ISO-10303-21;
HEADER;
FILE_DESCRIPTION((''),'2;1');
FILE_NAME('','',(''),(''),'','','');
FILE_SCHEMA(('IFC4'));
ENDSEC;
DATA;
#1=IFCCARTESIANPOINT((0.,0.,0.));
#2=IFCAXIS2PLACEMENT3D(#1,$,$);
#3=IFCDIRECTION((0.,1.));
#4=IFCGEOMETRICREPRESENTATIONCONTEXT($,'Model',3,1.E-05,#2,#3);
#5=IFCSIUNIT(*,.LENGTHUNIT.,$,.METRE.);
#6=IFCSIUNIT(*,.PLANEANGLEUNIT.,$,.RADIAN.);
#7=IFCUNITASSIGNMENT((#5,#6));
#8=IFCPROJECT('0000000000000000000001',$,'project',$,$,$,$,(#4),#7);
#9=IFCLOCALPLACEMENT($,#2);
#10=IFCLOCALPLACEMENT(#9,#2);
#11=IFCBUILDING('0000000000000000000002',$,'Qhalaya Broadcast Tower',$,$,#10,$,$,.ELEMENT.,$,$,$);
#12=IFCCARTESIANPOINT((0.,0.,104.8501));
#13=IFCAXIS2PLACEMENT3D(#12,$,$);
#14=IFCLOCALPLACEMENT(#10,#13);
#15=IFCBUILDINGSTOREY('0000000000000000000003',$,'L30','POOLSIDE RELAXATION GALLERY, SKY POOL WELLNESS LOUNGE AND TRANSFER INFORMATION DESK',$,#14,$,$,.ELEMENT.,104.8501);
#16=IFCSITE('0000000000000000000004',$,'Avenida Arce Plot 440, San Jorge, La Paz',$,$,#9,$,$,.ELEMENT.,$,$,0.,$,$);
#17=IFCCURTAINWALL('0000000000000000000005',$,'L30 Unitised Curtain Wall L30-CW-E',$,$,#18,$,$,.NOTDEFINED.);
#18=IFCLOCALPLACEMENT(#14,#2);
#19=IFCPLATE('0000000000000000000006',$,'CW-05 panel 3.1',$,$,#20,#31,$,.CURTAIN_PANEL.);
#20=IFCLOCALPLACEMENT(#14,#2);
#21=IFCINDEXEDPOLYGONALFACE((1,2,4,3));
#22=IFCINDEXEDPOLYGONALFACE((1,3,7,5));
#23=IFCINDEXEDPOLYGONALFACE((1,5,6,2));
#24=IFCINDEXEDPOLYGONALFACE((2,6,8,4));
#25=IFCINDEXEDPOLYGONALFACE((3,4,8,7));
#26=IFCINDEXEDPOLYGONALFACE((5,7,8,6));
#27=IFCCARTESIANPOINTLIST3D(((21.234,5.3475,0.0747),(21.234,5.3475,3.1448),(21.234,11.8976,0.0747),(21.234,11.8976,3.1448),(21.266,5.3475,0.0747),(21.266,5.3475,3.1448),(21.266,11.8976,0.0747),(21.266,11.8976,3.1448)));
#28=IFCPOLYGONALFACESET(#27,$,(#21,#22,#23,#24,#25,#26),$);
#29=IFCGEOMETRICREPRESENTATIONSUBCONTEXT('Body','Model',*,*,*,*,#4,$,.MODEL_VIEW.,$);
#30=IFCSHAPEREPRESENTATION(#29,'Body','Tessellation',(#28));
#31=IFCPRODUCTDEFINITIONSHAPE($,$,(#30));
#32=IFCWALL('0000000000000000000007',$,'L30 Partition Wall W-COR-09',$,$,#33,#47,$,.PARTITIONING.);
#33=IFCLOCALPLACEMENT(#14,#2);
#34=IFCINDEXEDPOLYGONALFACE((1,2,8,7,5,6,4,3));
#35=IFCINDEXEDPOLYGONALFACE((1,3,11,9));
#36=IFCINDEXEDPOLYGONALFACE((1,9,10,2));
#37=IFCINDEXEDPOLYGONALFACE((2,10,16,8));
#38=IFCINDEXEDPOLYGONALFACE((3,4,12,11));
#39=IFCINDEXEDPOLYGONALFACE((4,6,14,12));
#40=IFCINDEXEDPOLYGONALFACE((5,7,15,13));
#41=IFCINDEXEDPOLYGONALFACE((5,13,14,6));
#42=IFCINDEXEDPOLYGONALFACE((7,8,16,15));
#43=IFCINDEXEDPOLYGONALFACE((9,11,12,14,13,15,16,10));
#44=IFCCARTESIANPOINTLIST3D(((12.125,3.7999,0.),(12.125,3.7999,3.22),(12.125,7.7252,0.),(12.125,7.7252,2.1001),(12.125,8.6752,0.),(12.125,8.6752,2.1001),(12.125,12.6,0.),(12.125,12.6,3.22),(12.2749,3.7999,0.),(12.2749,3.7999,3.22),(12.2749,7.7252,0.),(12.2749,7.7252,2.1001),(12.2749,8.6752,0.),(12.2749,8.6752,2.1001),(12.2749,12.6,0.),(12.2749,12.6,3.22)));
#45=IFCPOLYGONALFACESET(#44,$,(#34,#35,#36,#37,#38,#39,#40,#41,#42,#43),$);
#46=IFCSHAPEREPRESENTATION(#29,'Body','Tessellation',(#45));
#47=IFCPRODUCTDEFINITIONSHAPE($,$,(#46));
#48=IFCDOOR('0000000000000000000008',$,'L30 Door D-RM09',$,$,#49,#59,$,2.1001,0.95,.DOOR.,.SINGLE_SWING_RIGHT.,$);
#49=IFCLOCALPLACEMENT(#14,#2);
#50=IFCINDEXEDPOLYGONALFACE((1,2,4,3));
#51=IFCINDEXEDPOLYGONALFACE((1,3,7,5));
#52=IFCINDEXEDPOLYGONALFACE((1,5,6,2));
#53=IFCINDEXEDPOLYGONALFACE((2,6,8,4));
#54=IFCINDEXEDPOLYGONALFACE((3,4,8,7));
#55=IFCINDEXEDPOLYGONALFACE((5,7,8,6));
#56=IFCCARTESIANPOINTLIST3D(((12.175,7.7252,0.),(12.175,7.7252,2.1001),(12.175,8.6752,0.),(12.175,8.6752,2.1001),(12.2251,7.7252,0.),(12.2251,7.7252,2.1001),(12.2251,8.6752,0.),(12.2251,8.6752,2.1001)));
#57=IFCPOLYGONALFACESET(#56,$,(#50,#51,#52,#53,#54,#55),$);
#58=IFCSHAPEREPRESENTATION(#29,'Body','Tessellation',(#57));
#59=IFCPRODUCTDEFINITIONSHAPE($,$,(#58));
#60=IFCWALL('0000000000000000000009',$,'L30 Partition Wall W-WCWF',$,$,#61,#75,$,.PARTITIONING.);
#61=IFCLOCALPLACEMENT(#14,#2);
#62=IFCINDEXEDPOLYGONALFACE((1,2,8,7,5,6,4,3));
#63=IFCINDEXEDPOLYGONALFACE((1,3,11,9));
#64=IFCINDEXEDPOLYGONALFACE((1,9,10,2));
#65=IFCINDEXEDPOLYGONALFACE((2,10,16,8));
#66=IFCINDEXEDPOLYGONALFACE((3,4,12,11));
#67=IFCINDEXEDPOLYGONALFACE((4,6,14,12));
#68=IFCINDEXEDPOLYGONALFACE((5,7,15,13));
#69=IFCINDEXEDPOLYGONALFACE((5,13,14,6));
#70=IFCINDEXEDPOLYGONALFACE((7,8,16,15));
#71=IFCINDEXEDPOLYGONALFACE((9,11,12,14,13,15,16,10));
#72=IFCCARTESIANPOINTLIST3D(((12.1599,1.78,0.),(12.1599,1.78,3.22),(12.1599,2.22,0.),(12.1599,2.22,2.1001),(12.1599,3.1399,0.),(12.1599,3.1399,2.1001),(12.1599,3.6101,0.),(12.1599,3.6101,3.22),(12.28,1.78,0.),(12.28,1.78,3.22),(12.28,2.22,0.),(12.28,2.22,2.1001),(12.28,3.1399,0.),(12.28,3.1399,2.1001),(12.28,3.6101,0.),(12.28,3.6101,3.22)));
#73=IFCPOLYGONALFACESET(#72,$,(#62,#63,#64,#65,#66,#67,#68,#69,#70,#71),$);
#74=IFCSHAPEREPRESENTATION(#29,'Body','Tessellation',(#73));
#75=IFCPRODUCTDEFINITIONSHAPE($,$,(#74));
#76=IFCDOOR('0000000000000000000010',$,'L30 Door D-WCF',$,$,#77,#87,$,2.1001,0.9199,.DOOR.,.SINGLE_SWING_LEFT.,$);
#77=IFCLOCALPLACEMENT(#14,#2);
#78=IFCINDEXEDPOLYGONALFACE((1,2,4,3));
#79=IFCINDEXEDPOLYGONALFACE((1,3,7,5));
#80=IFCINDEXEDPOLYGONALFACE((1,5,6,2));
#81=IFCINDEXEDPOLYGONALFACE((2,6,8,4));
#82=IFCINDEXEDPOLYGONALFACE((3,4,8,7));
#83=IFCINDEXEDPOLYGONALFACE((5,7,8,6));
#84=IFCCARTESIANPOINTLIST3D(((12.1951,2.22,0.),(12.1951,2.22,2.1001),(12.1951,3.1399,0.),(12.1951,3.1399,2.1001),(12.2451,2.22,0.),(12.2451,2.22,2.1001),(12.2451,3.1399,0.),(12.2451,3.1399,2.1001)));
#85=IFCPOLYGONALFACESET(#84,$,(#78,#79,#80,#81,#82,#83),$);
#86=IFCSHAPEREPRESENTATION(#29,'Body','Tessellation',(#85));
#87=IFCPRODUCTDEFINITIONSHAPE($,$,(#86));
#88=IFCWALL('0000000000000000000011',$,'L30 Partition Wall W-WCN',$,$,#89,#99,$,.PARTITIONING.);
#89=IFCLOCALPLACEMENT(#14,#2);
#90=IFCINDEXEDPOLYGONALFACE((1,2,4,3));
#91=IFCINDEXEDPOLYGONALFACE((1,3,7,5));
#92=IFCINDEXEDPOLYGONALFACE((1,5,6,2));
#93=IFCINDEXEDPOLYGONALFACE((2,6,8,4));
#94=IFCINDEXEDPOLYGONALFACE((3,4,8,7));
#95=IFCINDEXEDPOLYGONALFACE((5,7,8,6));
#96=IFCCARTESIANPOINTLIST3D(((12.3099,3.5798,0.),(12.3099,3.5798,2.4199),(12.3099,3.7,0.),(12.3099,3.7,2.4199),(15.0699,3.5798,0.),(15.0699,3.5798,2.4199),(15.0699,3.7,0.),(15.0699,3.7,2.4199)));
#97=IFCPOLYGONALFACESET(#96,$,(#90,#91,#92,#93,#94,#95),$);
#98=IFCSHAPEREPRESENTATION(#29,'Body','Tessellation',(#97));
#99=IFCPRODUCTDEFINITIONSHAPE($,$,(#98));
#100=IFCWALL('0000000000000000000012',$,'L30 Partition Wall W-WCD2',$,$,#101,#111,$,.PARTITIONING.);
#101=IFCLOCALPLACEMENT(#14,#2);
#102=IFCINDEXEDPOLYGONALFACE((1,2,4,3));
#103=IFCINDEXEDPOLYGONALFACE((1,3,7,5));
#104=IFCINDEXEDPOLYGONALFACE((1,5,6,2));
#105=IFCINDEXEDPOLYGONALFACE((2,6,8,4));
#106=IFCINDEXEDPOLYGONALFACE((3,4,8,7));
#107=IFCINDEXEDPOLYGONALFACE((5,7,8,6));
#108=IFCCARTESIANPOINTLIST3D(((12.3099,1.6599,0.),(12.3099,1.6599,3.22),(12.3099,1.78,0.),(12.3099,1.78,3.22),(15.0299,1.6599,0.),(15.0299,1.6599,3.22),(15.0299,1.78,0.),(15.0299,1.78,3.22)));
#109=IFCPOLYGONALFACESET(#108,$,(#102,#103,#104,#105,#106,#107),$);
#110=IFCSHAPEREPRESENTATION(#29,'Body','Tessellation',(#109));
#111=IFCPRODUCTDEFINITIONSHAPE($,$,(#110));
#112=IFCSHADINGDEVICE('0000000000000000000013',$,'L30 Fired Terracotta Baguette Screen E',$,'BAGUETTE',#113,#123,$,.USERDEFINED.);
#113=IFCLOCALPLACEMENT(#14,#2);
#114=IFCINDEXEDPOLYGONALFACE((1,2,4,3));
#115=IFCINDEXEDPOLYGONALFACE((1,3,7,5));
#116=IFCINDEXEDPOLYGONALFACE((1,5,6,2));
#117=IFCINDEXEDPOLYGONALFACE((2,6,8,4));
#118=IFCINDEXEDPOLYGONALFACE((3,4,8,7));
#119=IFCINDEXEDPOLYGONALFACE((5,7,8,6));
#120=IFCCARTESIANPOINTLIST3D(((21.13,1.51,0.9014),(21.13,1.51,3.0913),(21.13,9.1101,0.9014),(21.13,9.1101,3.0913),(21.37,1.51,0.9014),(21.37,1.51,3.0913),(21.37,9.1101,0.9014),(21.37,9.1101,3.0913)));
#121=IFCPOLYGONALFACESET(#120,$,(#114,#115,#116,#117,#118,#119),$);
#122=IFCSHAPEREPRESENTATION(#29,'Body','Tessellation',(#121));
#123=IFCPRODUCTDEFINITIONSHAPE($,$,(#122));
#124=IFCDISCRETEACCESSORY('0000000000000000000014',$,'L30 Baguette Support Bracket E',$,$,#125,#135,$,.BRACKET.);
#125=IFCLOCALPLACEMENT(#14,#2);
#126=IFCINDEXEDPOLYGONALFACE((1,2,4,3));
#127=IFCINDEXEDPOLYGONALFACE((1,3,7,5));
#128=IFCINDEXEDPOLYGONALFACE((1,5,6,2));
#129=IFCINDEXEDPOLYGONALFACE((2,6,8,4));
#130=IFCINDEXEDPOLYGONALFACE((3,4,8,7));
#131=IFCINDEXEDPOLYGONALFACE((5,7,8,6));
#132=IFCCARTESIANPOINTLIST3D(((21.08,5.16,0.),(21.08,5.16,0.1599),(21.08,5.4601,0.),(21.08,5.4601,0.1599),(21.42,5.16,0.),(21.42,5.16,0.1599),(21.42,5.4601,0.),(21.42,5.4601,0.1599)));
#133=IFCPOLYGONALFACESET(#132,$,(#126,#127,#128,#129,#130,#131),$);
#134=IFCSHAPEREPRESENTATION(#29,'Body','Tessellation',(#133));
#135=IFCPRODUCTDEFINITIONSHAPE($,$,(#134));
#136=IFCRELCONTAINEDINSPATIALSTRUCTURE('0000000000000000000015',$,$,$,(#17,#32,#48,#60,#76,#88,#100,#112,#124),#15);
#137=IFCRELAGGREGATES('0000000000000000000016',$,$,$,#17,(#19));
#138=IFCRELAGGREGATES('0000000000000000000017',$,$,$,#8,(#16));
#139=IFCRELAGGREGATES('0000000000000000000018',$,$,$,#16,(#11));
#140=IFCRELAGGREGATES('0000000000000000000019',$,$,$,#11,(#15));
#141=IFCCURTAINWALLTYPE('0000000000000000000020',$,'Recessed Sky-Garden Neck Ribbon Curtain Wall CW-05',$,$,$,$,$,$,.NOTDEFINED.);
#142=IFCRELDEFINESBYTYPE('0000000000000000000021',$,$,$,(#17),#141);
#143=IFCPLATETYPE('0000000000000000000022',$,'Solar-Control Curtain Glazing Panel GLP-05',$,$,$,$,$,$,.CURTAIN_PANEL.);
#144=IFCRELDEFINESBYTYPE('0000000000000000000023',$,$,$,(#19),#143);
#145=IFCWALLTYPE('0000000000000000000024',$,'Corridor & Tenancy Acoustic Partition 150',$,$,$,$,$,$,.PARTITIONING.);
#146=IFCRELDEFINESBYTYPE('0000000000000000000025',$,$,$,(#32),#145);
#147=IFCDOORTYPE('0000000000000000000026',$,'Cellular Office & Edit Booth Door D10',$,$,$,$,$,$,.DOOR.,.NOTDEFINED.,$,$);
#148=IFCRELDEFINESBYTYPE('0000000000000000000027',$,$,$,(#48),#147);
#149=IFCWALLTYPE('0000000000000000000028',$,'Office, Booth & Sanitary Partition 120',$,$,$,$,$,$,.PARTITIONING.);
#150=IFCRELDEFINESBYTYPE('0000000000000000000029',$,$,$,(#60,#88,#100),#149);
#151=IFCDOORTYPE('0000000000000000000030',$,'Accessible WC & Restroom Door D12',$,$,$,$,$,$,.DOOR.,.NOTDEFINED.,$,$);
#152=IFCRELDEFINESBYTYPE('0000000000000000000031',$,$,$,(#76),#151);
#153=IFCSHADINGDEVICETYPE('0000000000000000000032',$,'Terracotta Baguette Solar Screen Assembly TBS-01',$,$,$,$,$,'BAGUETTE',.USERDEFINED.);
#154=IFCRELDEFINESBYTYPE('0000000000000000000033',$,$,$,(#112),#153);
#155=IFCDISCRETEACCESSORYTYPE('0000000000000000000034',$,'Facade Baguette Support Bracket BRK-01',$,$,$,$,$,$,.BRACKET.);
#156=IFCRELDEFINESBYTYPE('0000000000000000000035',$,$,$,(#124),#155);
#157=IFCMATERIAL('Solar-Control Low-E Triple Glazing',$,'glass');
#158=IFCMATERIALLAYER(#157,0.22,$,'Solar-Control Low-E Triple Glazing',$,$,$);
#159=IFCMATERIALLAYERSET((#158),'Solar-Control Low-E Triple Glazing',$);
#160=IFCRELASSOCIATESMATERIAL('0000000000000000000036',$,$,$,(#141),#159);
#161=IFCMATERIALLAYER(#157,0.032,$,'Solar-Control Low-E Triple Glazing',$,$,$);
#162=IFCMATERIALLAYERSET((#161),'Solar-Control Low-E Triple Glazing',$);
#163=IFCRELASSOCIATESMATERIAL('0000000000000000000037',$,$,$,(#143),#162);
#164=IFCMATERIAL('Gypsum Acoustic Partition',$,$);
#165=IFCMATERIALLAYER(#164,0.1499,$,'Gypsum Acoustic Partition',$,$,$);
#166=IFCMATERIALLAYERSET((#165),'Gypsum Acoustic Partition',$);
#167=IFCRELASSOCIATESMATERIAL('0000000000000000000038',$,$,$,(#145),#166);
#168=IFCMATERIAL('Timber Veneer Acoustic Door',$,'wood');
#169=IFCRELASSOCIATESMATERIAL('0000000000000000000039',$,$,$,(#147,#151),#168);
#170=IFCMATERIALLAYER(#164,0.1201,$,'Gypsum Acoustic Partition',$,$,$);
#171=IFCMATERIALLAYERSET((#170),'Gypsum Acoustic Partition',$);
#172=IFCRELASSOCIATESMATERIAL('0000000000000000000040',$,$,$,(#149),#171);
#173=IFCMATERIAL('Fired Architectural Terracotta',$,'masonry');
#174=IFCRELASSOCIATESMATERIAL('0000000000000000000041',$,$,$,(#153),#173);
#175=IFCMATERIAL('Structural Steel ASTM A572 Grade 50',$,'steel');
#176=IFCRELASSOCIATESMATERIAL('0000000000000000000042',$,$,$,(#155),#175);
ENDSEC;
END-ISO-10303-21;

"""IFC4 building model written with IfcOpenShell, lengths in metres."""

from ifc_helpers import new_model, si_unit, direction, frame, frame_2d, origin, origin_2d, place, context, subcontext, project, spatial, rectangle, extrude, material, layer, layer_set, type_object, element, fill, aggregate, save


model = new_model("IFC4")

# Units and contexts
model_context = context("Model", 3, precision=1e-05, world=origin(), true_north=direction((0.0, 1.0)))
body_context = subcontext(model_context, "Body", "Model", "MODEL_VIEW")
ifc_project = project(units=[si_unit("LENGTHUNIT", "METRE"), si_unit("PLANEANGLEUNIT", "RADIAN")], contexts=[model_context])

# Site, building, storey
site_placement = place(None, origin())
site = spatial("IfcSite", under=ifc_project, at=site_placement, Name="Avenida Arce Plot 440, San Jorge, La Paz", CompositionType="ELEMENT", RefElevation=0.0)
building_placement = place(site_placement, origin())
building = spatial("IfcBuilding", under=site, at=building_placement, Name="Qhalaya Broadcast Tower", CompositionType="ELEMENT")
storey_placement = place(building_placement, frame((0.0, 0.0, 104.8501)))
storey = spatial("IfcBuildingStorey", under=building, at=storey_placement, Name="L30", Description="POOLSIDE RELAXATION GALLERY, SKY POOL WELLNESS LOUNGE AND TRANSFER INFORMATION DESK", CompositionType="ELEMENT", Elevation=104.8501)

# Shared definitions
ifc_material_1 = material(Name="Structural Steel ASTM A572 Grade 50", Category="steel")

# Curtain wall, plate
ifc_material_2 = material(Name="Solar-Control Low-E Triple Glazing", Category="glass")
ifc_layer_1 = layer(ifc_material_2, 0.22, Name="Solar-Control Low-E Triple Glazing")
ifc_layer_set_1 = layer_set([ifc_layer_1], Name="Solar-Control Low-E Triple Glazing")
curtain_wall_type = type_object("IfcCurtainWallType", Name="Recessed Sky-Garden Neck Ribbon Curtain Wall CW-05", PredefinedType="NOTDEFINED", material=ifc_layer_set_1)
curtain_wall_placement = place(storey_placement, origin())
curtain_wall = element("IfcCurtainWall", 1, at=curtain_wall_placement, inside=storey, type_object=curtain_wall_type, Name="L30 Unitised Curtain Wall L30-CW-E", PredefinedType="NOTDEFINED")
ifc_layer_2 = layer(ifc_material_2, 0.032, Name="Solar-Control Low-E Triple Glazing")
ifc_layer_set_2 = layer_set([ifc_layer_2], Name="Solar-Control Low-E Triple Glazing")
plate_type = type_object("IfcPlateType", Name="Solar-Control Curtain Glazing Panel GLP-05", PredefinedType="CURTAIN_PANEL", material=ifc_layer_set_2)
plate_1_placement = place(storey_placement, frame((21.25, 8.6226, 0.0747), z_axis=(0.0, 0.0, 1.0), x_axis=(0.0, 1.0, 0.0)))
plate_1 = element("IfcPlate", 2, at=plate_1_placement, type_object=plate_type, Name="CW-05 panel 3.1", PredefinedType="CURTAIN_PANEL", context=body_context, shape_type="SweptSolid", body=[
    extrude(rectangle(XDim=6.55, YDim=0.032, at=origin_2d()), origin(), (0.0, 0.0, 1.0), 3.0701),
])
aggregate(curtain_wall, [plate_1])

# Walls, openings, doors
ifc_material_3 = material(Name="Gypsum Acoustic Partition")
ifc_layer_3 = layer(ifc_material_3, 0.1499, Name="Gypsum Acoustic Partition")
ifc_layer_set_3 = layer_set([ifc_layer_3], Name="Gypsum Acoustic Partition")
wall_type_1 = type_object("IfcWallType", Name="Corridor & Tenancy Acoustic Partition 150", PredefinedType="PARTITIONING", material=ifc_layer_set_3)
wall_1_placement = place(storey_placement, frame((12.2, 3.8, 0.0), z_axis=(0.0, 0.0, 1.0), x_axis=(0.0, 1.0, 0.0)))
wall_1 = element("IfcWall", 3, at=wall_1_placement, inside=storey, type_object=wall_type_1, Name="L30 Partition Wall W-COR-09", PredefinedType="PARTITIONING", context=body_context, shape_type="SweptSolid", body=[
    extrude(rectangle(XDim=8.8, YDim=0.1499, at=frame_2d((4.3999, 0.0))), origin(), (0.0, 0.0, 1.0), 3.22),
])
opening_1_placement = place(wall_1_placement, frame((3.925, 0.0, 0.0)))
opening_1 = element("IfcOpeningElement", 4, at=opening_1_placement, cuts=wall_1, PredefinedType="OPENING", context=body_context, shape_type="SweptSolid", body=[
    extrude(rectangle(XDim=0.95, YDim=2.1001, at=frame_2d((0.4751, 1.05))), frame((0.0, 0.0869, 0.0), z_axis=(0.0, -1.0, 0.0), x_axis=(1.0, 0.0, 0.0)), (0.0, 0.0, 1.0), 0.1738),
])
ifc_material_4 = material(Name="Timber Veneer Acoustic Door", Category="wood")
door_type_1 = type_object("IfcDoorType", Name="Cellular Office & Edit Booth Door D10", OperationType="NOTDEFINED", PredefinedType="DOOR", material=ifc_material_4)
door_1_placement = place(opening_1_placement, origin())
door_1 = element("IfcDoor", 5, at=door_1_placement, inside=storey, type_object=door_type_1, Name="L30 Door D-RM09", OperationType="SINGLE_SWING_RIGHT", OverallHeight=2.1001, OverallWidth=0.95, PredefinedType="DOOR", context=body_context, shape_type="SweptSolid", body=[
    extrude(rectangle(XDim=0.95, YDim=2.1001, at=frame_2d((0.4751, 1.05))), frame((0.0, 0.0249, 0.0), z_axis=(0.0, -1.0, 0.0), x_axis=(1.0, 0.0, 0.0)), (0.0, 0.0, 1.0), 0.05),
])
fill(opening_1, door_1)
ifc_layer_4 = layer(ifc_material_3, 0.1201, Name="Gypsum Acoustic Partition")
ifc_layer_set_4 = layer_set([ifc_layer_4], Name="Gypsum Acoustic Partition")
wall_type_2 = type_object("IfcWallType", Name="Office, Booth & Sanitary Partition 120", PredefinedType="PARTITIONING", material=ifc_layer_set_4)
wall_2_placement = place(storey_placement, frame((12.22, 1.78, 0.0), z_axis=(0.0, 0.0, 1.0), x_axis=(0.0, 1.0, 0.0)))
wall_2 = element("IfcWall", 6, at=wall_2_placement, inside=storey, type_object=wall_type_2, Name="L30 Partition Wall W-WCWF", PredefinedType="PARTITIONING", context=body_context, shape_type="SweptSolid", body=[
    extrude(rectangle(XDim=1.8301, YDim=0.1201, at=frame_2d((0.915, 0.0))), origin(), (0.0, 0.0, 1.0), 3.22),
])
opening_2_placement = place(wall_2_placement, frame((0.4399, 0.0, 0.0)))
opening_2 = element("IfcOpeningElement", 7, at=opening_2_placement, cuts=wall_2, PredefinedType="OPENING", context=body_context, shape_type="SweptSolid", body=[
    extrude(rectangle(XDim=0.9199, YDim=2.1001, at=frame_2d((0.46, 1.05))), frame((0.0, 0.072, 0.0), z_axis=(0.0, -1.0, 0.0), x_axis=(1.0, 0.0, 0.0)), (0.0, 0.0, 1.0), 0.144),
])
door_type_2 = type_object("IfcDoorType", Name="Accessible WC & Restroom Door D12", OperationType="NOTDEFINED", PredefinedType="DOOR", material=ifc_material_4)
door_2_placement = place(opening_2_placement, origin())
door_2 = element("IfcDoor", 8, at=door_2_placement, inside=storey, type_object=door_type_2, Name="L30 Door D-WCF", OperationType="SINGLE_SWING_LEFT", OverallHeight=2.1001, OverallWidth=0.9199, PredefinedType="DOOR", context=body_context, shape_type="SweptSolid", body=[
    extrude(rectangle(XDim=0.9199, YDim=2.1001, at=frame_2d((0.46, 1.05))), frame((0.0, 0.0249, 0.0), z_axis=(0.0, -1.0, 0.0), x_axis=(1.0, 0.0, 0.0)), (0.0, 0.0, 1.0), 0.05),
])
fill(opening_2, door_2)

# Walls
wall_3_placement = place(storey_placement, frame((12.3101, 3.6399, 0.0), z_axis=(0.0, 0.0, 1.0), x_axis=(1.0, 0.0, 0.0)))
element("IfcWall", 9, at=wall_3_placement, inside=storey, type_object=wall_type_2, Name="L30 Partition Wall W-WCN", PredefinedType="PARTITIONING", context=body_context, shape_type="SweptSolid", body=[
    extrude(rectangle(XDim=2.76, YDim=0.1201, at=frame_2d((1.3799, 0.0))), origin(), (0.0, 0.0, 1.0), 2.4199),
])
wall_4_placement = place(storey_placement, frame((12.3101, 1.72, 0.0), z_axis=(0.0, 0.0, 1.0), x_axis=(1.0, 0.0, 0.0)))
element("IfcWall", 10, at=wall_4_placement, inside=storey, type_object=wall_type_2, Name="L30 Partition Wall W-WCD2", PredefinedType="PARTITIONING", context=body_context, shape_type="SweptSolid", body=[
    extrude(rectangle(XDim=2.72, YDim=0.1201, at=frame_2d((1.3599, 0.0))), origin(), (0.0, 0.0, 1.0), 3.22),
])

# Shading device
ifc_material_5 = material(Name="Fired Architectural Terracotta", Category="masonry")
shading_device_type = type_object("IfcShadingDeviceType", Name="Terracotta Baguette Solar Screen Assembly TBS-01", ElementType="BAGUETTE", PredefinedType="USERDEFINED", material=ifc_material_5)
shading_device_placement = place(storey_placement, frame((21.25, 5.3101, 0.9014), z_axis=(0.0, 0.0, 1.0), x_axis=(0.0, 1.0, 0.0)))
element("IfcShadingDevice", 11, at=shading_device_placement, inside=storey, type_object=shading_device_type, Name="L30 Fired Terracotta Baguette Screen E", ObjectType="BAGUETTE", PredefinedType="USERDEFINED", context=body_context, shape_type="SweptSolid", body=[
    extrude(rectangle(XDim=7.6001, YDim=0.24, at=origin_2d()), origin(), (0.0, 0.0, 1.0), 2.1899),
])

# Discrete accessory
discrete_accessory_type = type_object("IfcDiscreteAccessoryType", Name="Facade Baguette Support Bracket BRK-01", PredefinedType="BRACKET", material=ifc_material_1)
discrete_accessory_placement = place(storey_placement, frame((21.25, 5.3101, 0.0), z_axis=(0.0, 0.0, 1.0), x_axis=(0.0, 1.0, 0.0)))
element("IfcDiscreteAccessory", 12, at=discrete_accessory_placement, inside=storey, type_object=discrete_accessory_type, Name="L30 Baguette Support Bracket E", PredefinedType="BRACKET", context=body_context, shape_type="SweptSolid", body=[
    extrude(rectangle(XDim=0.3, YDim=0.3401, at=origin_2d()), origin(), (0.0, 0.0, 1.0), 0.1599),
])

save(model, "model.ifc")
